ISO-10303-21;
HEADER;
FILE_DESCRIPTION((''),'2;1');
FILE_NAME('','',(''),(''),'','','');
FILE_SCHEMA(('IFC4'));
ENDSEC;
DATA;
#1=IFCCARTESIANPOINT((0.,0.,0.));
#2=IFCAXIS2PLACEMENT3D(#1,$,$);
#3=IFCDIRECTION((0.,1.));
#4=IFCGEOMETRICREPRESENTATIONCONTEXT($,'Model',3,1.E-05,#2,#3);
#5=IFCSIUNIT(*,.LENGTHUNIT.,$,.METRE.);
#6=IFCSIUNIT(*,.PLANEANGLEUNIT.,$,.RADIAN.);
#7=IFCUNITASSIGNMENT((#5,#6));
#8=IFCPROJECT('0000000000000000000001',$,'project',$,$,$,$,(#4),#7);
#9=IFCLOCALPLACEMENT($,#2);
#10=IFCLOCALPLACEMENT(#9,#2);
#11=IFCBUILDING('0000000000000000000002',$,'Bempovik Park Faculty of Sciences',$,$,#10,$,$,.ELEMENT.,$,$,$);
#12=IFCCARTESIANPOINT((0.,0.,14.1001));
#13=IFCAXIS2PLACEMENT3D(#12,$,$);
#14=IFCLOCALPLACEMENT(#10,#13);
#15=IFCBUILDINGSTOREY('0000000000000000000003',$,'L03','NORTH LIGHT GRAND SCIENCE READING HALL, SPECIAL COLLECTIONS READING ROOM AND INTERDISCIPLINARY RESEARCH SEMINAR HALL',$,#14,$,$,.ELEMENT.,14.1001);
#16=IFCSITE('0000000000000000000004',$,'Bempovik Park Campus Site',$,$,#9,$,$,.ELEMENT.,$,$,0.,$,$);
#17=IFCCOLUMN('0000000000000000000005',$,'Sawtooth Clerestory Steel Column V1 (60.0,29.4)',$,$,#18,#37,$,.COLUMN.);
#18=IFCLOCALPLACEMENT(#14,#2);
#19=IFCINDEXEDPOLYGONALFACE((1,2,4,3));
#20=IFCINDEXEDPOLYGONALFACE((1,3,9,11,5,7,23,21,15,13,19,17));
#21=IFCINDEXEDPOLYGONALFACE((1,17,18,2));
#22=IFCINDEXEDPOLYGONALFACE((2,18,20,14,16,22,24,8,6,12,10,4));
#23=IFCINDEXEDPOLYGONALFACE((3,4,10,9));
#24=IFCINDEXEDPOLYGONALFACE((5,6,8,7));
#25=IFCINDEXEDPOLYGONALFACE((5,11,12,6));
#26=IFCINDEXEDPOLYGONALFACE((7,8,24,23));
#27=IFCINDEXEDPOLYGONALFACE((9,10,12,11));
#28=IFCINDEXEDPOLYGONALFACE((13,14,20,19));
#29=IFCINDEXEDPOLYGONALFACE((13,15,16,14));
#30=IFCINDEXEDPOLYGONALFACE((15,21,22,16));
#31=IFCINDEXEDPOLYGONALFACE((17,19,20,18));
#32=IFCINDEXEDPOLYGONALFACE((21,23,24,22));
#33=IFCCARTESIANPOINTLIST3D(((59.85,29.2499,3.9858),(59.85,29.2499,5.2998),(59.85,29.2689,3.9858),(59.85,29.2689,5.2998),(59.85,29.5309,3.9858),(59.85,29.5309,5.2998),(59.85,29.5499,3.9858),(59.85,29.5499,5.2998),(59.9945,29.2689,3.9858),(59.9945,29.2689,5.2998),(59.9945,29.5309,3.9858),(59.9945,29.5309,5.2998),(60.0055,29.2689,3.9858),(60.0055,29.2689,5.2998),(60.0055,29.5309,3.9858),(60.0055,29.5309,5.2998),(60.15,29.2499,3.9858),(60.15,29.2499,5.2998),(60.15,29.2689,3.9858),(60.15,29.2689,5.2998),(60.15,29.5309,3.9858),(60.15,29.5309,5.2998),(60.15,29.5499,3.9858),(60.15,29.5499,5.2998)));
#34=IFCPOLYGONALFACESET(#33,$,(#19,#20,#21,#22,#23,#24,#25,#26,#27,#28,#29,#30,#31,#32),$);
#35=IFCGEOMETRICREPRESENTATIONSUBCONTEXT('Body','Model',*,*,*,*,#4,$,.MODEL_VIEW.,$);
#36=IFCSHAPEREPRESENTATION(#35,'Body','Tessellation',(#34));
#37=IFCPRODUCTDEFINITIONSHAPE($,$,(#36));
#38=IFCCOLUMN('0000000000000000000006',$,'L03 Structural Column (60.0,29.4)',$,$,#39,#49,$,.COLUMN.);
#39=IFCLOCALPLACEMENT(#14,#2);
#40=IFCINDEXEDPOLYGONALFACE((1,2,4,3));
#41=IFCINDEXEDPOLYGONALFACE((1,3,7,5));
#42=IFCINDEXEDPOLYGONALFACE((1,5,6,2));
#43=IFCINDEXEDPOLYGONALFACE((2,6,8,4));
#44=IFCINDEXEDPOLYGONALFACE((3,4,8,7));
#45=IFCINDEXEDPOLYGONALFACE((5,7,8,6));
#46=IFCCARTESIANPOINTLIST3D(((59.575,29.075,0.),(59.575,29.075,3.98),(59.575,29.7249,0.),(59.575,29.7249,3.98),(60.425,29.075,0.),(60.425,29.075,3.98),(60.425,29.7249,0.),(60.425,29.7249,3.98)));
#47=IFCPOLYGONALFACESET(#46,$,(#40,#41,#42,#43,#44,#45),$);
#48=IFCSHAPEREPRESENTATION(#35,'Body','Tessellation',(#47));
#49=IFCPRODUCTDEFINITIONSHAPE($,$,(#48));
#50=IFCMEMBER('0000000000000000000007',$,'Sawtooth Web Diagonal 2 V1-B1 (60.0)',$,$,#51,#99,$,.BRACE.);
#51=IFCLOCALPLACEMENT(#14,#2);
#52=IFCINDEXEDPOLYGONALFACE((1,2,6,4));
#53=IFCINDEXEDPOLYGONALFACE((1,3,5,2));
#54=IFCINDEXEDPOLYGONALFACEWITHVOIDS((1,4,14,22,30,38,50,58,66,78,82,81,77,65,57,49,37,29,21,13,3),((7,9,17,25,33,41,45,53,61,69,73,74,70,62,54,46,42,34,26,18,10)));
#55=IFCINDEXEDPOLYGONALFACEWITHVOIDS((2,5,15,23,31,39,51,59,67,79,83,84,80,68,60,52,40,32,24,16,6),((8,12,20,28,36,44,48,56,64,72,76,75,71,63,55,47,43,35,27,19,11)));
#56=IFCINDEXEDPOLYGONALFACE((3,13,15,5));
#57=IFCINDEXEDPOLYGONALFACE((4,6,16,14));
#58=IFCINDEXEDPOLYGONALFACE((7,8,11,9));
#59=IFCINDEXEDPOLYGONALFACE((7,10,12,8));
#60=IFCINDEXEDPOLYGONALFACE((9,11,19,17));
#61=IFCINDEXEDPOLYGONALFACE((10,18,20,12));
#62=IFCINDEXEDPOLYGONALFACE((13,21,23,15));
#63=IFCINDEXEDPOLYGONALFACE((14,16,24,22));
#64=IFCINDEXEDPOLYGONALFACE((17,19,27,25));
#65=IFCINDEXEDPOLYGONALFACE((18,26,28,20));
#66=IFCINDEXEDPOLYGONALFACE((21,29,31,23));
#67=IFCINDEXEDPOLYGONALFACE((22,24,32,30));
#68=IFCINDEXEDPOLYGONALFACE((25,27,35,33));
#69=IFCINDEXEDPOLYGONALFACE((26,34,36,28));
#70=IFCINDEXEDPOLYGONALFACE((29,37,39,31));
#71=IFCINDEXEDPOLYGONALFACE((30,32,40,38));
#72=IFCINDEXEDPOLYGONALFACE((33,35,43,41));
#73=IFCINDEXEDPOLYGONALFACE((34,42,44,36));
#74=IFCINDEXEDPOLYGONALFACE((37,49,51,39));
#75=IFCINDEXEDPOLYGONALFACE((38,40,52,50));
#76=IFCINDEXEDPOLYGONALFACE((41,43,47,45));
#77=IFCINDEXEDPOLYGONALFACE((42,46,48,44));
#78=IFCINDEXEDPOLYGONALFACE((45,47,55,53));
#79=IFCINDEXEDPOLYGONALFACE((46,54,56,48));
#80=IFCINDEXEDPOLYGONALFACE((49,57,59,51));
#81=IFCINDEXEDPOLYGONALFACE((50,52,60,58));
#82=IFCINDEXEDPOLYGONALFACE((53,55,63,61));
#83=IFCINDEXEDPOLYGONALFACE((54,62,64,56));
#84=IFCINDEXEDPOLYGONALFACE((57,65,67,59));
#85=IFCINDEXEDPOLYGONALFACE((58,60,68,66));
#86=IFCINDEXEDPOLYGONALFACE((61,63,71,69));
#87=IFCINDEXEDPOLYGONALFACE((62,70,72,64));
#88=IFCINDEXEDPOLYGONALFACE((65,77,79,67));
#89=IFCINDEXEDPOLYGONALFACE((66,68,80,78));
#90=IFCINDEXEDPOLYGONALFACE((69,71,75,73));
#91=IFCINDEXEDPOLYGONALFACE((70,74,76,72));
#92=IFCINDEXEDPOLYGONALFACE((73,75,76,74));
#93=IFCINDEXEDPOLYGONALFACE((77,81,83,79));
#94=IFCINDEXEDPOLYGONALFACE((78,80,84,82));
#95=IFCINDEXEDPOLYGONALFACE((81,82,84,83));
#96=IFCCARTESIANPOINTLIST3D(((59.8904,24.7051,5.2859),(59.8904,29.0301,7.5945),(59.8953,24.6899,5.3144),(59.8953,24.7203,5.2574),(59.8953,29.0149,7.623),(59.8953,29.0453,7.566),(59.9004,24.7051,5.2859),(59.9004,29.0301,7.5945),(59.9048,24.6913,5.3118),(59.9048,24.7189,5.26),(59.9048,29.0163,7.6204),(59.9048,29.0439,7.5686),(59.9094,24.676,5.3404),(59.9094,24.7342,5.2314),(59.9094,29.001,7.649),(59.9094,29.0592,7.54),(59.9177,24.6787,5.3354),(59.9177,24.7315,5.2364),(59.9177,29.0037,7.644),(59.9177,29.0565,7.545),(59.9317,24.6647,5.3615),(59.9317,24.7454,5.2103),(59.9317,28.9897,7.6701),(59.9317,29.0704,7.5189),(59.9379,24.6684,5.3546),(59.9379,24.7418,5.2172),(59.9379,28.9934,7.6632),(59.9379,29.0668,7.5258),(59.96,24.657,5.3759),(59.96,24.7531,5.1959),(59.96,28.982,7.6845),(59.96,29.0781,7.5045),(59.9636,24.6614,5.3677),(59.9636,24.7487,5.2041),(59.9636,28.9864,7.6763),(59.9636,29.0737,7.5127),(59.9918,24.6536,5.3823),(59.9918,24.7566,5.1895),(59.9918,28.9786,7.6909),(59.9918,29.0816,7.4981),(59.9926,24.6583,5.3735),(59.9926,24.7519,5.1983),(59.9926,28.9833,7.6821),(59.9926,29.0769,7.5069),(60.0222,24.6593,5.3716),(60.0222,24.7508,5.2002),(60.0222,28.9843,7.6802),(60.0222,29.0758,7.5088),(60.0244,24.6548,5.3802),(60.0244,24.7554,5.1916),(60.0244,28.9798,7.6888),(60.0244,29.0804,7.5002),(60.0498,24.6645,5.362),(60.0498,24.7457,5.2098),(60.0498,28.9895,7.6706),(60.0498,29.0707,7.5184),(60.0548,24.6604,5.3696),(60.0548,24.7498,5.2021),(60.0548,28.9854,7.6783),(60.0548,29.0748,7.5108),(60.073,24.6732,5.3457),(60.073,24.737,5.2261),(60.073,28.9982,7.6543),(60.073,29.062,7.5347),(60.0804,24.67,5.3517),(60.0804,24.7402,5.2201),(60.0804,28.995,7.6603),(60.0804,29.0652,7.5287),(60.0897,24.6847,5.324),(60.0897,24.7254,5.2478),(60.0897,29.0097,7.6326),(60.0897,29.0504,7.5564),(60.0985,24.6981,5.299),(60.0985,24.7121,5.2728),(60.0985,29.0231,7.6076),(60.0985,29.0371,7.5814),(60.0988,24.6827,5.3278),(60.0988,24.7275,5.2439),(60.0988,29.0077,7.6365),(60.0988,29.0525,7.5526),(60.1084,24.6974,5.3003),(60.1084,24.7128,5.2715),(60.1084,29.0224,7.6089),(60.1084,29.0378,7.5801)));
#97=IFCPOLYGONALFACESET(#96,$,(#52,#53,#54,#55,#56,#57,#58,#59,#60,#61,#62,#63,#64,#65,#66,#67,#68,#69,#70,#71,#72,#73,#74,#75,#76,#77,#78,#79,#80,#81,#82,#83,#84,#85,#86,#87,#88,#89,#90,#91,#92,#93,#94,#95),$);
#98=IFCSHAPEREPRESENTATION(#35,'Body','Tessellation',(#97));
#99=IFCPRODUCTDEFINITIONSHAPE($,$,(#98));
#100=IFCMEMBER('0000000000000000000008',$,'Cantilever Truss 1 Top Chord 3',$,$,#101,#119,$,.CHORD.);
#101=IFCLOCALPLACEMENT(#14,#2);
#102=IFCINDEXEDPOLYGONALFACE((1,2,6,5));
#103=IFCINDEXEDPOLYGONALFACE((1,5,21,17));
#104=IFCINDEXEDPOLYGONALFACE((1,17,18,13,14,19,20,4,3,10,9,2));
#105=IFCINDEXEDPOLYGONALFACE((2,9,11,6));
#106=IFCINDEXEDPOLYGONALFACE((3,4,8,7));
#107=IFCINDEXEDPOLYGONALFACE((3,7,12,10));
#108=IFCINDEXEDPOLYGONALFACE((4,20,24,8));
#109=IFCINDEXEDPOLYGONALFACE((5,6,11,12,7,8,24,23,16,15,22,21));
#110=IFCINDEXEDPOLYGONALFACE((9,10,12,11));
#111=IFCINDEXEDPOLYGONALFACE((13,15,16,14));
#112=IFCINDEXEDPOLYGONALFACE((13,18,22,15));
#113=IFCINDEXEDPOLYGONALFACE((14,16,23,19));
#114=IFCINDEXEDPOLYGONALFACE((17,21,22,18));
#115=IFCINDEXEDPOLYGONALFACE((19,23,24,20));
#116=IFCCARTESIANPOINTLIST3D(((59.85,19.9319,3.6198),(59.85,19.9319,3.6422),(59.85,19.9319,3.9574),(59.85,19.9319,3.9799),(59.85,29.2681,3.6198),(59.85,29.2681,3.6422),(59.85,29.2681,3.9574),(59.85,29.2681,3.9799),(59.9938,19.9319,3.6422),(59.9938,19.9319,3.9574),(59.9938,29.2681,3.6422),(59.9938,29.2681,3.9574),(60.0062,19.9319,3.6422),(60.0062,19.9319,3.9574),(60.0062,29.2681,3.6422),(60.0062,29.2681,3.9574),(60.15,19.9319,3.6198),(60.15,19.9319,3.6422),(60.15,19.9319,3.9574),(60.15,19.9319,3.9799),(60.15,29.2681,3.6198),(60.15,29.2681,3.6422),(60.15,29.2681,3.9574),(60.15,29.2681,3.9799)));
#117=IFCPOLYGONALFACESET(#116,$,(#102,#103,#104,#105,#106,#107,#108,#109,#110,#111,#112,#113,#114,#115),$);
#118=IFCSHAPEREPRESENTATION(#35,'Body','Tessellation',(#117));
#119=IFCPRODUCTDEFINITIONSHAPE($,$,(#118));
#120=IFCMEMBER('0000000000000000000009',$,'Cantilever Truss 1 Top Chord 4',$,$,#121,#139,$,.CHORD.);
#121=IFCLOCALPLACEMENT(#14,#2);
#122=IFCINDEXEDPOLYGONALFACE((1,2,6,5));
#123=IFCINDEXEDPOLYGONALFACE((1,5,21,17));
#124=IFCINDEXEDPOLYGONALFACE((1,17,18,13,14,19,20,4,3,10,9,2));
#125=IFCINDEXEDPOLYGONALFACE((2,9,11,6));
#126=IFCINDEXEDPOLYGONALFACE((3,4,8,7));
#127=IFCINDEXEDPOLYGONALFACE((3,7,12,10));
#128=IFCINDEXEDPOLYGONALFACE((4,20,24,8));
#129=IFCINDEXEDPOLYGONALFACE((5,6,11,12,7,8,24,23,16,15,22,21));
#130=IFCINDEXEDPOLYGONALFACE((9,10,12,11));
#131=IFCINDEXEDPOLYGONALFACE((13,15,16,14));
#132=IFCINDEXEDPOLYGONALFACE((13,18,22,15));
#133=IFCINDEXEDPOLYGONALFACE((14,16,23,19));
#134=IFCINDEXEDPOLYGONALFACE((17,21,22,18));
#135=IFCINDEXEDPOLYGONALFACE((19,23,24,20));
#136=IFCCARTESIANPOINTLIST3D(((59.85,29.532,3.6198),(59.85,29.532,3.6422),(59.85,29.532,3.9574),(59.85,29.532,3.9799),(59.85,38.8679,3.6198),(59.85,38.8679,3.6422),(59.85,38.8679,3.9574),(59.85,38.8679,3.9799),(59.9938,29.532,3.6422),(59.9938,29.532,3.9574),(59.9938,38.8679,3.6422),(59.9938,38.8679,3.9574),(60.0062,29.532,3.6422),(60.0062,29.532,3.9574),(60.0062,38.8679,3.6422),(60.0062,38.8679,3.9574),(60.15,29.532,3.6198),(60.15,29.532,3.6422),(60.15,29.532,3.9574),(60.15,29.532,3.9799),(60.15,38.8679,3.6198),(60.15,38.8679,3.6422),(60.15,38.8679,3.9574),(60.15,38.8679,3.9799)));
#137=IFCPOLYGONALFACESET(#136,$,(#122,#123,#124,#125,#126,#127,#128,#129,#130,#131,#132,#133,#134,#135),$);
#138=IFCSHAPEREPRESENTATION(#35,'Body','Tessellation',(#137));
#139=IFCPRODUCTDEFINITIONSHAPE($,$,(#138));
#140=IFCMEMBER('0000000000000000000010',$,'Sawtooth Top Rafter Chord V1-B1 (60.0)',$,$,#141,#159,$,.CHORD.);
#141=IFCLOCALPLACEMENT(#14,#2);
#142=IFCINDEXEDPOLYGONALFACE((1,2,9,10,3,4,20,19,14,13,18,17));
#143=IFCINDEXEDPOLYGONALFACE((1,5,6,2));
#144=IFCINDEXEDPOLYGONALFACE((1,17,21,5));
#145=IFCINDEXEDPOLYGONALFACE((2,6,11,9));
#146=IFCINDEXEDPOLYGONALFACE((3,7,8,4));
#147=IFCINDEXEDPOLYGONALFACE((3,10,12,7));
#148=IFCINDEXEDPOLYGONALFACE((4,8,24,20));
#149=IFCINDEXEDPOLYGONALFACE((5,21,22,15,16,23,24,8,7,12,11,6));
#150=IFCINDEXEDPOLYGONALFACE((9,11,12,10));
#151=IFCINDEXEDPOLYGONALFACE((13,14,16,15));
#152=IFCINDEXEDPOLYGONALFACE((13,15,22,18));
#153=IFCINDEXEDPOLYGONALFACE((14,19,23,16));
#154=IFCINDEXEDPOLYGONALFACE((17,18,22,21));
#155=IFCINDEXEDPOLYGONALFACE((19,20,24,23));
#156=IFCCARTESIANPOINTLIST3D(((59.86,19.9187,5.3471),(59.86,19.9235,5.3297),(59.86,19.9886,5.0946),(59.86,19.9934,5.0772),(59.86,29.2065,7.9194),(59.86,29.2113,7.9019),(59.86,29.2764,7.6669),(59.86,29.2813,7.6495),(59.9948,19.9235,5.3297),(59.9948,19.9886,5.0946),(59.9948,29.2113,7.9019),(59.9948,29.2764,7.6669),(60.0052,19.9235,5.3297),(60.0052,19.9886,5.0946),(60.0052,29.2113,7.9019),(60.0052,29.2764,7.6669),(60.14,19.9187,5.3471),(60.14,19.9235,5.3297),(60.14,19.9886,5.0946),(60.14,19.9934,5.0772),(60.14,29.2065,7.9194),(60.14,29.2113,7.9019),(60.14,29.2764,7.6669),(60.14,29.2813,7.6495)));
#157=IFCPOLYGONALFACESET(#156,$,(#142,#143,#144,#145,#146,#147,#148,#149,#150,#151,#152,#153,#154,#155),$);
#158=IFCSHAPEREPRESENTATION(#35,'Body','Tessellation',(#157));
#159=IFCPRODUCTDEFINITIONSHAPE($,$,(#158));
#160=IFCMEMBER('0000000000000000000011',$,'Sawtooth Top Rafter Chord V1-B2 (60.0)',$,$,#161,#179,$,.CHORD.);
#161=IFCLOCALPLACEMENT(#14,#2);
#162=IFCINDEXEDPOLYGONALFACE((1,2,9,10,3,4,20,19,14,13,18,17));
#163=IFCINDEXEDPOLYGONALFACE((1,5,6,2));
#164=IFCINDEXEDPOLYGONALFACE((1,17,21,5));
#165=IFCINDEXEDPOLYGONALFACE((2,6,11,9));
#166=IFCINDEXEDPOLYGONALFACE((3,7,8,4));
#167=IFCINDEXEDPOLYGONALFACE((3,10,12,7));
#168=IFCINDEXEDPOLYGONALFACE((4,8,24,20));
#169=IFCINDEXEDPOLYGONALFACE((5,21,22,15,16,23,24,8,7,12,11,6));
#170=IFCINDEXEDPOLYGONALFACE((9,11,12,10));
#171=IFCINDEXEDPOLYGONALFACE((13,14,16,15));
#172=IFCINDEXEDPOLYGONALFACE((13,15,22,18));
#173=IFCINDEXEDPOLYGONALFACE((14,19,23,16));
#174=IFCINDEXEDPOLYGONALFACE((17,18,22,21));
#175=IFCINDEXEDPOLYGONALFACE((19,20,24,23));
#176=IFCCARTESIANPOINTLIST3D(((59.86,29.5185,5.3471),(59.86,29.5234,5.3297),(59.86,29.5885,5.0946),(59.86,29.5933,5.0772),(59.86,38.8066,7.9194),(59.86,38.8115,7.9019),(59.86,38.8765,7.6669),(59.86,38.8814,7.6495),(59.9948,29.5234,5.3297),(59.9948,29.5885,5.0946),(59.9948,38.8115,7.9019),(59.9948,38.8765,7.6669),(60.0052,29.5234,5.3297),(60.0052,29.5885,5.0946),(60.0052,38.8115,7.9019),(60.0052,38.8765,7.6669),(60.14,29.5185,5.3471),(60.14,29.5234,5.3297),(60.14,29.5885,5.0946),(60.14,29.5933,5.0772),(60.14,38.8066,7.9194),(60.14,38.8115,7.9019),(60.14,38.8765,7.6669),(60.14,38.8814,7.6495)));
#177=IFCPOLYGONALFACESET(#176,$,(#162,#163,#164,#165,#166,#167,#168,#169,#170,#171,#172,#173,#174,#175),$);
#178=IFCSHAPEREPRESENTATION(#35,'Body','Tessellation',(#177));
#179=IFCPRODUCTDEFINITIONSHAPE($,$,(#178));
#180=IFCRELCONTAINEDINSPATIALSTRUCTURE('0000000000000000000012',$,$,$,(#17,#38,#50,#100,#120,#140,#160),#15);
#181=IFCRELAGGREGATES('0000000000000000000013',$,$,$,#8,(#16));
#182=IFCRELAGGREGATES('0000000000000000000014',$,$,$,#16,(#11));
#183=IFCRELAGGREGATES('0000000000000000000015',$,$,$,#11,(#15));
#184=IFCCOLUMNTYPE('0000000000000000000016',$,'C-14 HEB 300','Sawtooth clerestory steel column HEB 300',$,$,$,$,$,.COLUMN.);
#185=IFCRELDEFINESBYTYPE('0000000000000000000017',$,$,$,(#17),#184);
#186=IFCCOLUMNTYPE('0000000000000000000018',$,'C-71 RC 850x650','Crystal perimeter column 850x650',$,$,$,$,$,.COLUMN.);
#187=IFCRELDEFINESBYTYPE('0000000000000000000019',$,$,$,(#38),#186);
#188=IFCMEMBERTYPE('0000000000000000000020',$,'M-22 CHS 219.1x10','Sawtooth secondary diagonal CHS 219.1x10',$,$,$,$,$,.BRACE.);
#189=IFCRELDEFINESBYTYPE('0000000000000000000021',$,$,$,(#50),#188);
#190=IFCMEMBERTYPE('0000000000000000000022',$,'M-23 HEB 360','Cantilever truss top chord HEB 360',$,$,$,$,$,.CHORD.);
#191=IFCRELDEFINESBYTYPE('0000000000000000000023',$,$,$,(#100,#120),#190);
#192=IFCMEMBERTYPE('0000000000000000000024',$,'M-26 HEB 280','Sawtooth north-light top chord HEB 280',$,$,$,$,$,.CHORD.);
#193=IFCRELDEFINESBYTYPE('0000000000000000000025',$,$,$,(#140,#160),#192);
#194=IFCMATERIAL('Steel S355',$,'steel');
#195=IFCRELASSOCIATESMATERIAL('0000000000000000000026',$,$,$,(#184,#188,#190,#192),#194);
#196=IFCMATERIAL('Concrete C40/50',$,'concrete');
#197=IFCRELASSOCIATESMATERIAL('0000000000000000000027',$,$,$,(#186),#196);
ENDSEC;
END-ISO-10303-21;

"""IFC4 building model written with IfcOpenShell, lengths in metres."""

from ifc_helpers import new_model, si_unit, direction, frame, origin, origin_2d, place, context, subcontext, project, spatial, rectangle, hollow_circle, i_section, extrude, material, material_profile, profile_set, type_object, element, save


model = new_model("IFC4")

# Units and contexts
model_context = context("Model", 3, precision=1e-05, world=origin(), true_north=direction((0.0, 1.0)))
body_context = subcontext(model_context, "Body", "Model", "MODEL_VIEW")
ifc_project = project(units=[si_unit("LENGTHUNIT", "METRE"), si_unit("PLANEANGLEUNIT", "RADIAN")], contexts=[model_context])

# Site, building, storey
site_placement = place(None, origin())
site = spatial("IfcSite", under=ifc_project, at=site_placement, Name="Bempovik Park Campus Site", CompositionType="ELEMENT", RefElevation=0.0)
building_placement = place(site_placement, origin())
building = spatial("IfcBuilding", under=site, at=building_placement, Name="Bempovik Park Faculty of Sciences", CompositionType="ELEMENT")
storey_placement = place(building_placement, frame((0.0, 0.0, 14.1001)))
storey = spatial("IfcBuildingStorey", under=building, at=storey_placement, Name="L03", Description="NORTH LIGHT GRAND SCIENCE READING HALL, SPECIAL COLLECTIONS READING ROOM AND INTERDISCIPLINARY RESEARCH SEMINAR HALL", CompositionType="ELEMENT", Elevation=14.1001)

# Columns
ifc_material_1 = material(Name="Steel S355", Category="steel")
ifc_material_profile_1 = material_profile(ifc_material_1, i_section(OverallWidth=0.3, OverallDepth=0.3, WebThickness=0.011, FlangeThickness=0.019, at=origin_2d()), Name="HEB 300")
ifc_profile_set_1 = profile_set([ifc_material_profile_1], Name="Steel S355")
column_type_1 = type_object("IfcColumnType", Name="C-14 HEB 300", Description="Sawtooth clerestory steel column HEB 300", PredefinedType="COLUMN", material=ifc_profile_set_1)
column_1_placement = place(storey_placement, frame((60.0, 29.3999, 3.9858), z_axis=(0.0, 0.0, 1.0), x_axis=(1.0, 0.0, 0.0)))
element("IfcColumn", 1, at=column_1_placement, inside=storey, type_object=column_type_1, Name="Sawtooth Clerestory Steel Column V1 (60.0,29.4)", PredefinedType="COLUMN", context=body_context, shape_type="SweptSolid", body=[
    extrude(i_section(OverallWidth=0.3, OverallDepth=0.3, WebThickness=0.011, FlangeThickness=0.019, at=origin_2d()), origin(), (0.0, 0.0, 1.0), 1.314),
])
ifc_material_2 = material(Name="Concrete C40/50", Category="concrete")
ifc_material_profile_2 = material_profile(ifc_material_2, rectangle(XDim=0.8501, YDim=0.6499, at=origin_2d()), Name="RC 850x650")
ifc_profile_set_2 = profile_set([ifc_material_profile_2], Name="Concrete C40/50")
column_type_2 = type_object("IfcColumnType", Name="C-71 RC 850x650", Description="Crystal perimeter column 850x650", PredefinedType="COLUMN", material=ifc_profile_set_2)
column_2_placement = place(storey_placement, frame((60.0, 29.3999, 0.0), z_axis=(0.0, 0.0, 1.0), x_axis=(1.0, 0.0, 0.0)))
element("IfcColumn", 2, at=column_2_placement, inside=storey, type_object=column_type_2, Name="L03 Structural Column (60.0,29.4)", PredefinedType="COLUMN", context=body_context, shape_type="SweptSolid", body=[
    extrude(rectangle(XDim=0.8501, YDim=0.6499, at=origin_2d()), origin(), (0.0, 0.0, 1.0), 3.98),
])

# Members
ifc_material_profile_3 = material_profile(ifc_material_1, hollow_circle(Radius=0.1096, WallThickness=0.01, at=origin_2d()), Name="CHS 219.1x10")
ifc_profile_set_3 = profile_set([ifc_material_profile_3], Name="Steel S355")
member_type_1 = type_object("IfcMemberType", Name="M-22 CHS 219.1x10", Description="Sawtooth secondary diagonal CHS 219.1x10", PredefinedType="BRACE", material=ifc_profile_set_3)
member_1_placement = place(storey_placement, frame((60.0, 24.7051, 5.2859), z_axis=(0.0, 0.882187, 0.470898), x_axis=(-1.0, 0.0, 0.0)))
element("IfcMember", 3, at=member_1_placement, inside=storey, type_object=member_type_1, Name="Sawtooth Web Diagonal 2 V1-B1 (60.0)", PredefinedType="BRACE", context=body_context, shape_type="SweptSolid", body=[
    extrude(hollow_circle(Radius=0.1096, WallThickness=0.01, at=origin_2d()), origin(), (0.0, 0.0, 1.0), 4.9026),
])
ifc_material_profile_4 = material_profile(ifc_material_1, i_section(OverallWidth=0.3, OverallDepth=0.3601, WebThickness=0.0125, FlangeThickness=0.0225, at=origin_2d()), Name="HEB 360")
ifc_profile_set_4 = profile_set([ifc_material_profile_4], Name="Steel S355")
member_type_2 = type_object("IfcMemberType", Name="M-23 HEB 360", Description="Cantilever truss top chord HEB 360", PredefinedType="CHORD", material=ifc_profile_set_4)
member_2_placement = place(storey_placement, frame((60.0, 19.9319, 3.7998), z_axis=(0.0, 1.0, 0.0), x_axis=(-1.0, 0.0, 0.0)))
element("IfcMember", 4, at=member_2_placement, inside=storey, type_object=member_type_2, Name="Cantilever Truss 1 Top Chord 3", PredefinedType="CHORD", context=body_context, shape_type="SweptSolid", body=[
    extrude(i_section(OverallWidth=0.3, OverallDepth=0.3601, WebThickness=0.0125, FlangeThickness=0.0225, at=origin_2d()), origin(), (0.0, 0.0, 1.0), 9.3362),
])
member_3_placement = place(storey_placement, frame((60.0, 29.532, 3.7998), z_axis=(0.0, 1.0, 0.0), x_axis=(-1.0, 0.0, 0.0)))
element("IfcMember", 5, at=member_3_placement, inside=storey, type_object=member_type_2, Name="Cantilever Truss 1 Top Chord 4", PredefinedType="CHORD", context=body_context, shape_type="SweptSolid", body=[
    extrude(i_section(OverallWidth=0.3, OverallDepth=0.3601, WebThickness=0.0125, FlangeThickness=0.0225, at=origin_2d()), origin(), (0.0, 0.0, 1.0), 9.3359),
])
ifc_material_profile_5 = material_profile(ifc_material_1, i_section(OverallWidth=0.28, OverallDepth=0.28, WebThickness=0.0105, FlangeThickness=0.0181, at=origin_2d()), Name="HEB 280")
ifc_profile_set_5 = profile_set([ifc_material_profile_5], Name="Steel S355")
member_type_3 = type_object("IfcMemberType", Name="M-26 HEB 280", Description="Sawtooth north-light top chord HEB 280", PredefinedType="CHORD", material=ifc_profile_set_5)
member_4_placement = place(storey_placement, frame((60.0, 19.9561, 5.2122), z_axis=(0.0, 0.963723, 0.266903), x_axis=(-1.0, 0.0, 0.0)))
element("IfcMember", 6, at=member_4_placement, inside=storey, type_object=member_type_3, Name="Sawtooth Top Rafter Chord V1-B1 (60.0)", PredefinedType="CHORD", context=body_context, shape_type="SweptSolid", body=[
    extrude(i_section(OverallWidth=0.28, OverallDepth=0.28, WebThickness=0.0105, FlangeThickness=0.0181, at=origin_2d()), origin(), (0.0, 0.0, 1.0), 9.6375),
])
member_5_placement = place(storey_placement, frame((60.0, 29.5559, 5.2122), z_axis=(0.0, 0.963725, 0.266896), x_axis=(-1.0, 0.0, 0.0)))
element("IfcMember", 7, at=member_5_placement, inside=storey, type_object=member_type_3, Name="Sawtooth Top Rafter Chord V1-B2 (60.0)", PredefinedType="CHORD", context=body_context, shape_type="SweptSolid", body=[
    extrude(i_section(OverallWidth=0.28, OverallDepth=0.28, WebThickness=0.0105, FlangeThickness=0.0181, at=origin_2d()), origin(), (0.0, 0.0, 1.0), 9.6377),
])

save(model, "model.ifc")
